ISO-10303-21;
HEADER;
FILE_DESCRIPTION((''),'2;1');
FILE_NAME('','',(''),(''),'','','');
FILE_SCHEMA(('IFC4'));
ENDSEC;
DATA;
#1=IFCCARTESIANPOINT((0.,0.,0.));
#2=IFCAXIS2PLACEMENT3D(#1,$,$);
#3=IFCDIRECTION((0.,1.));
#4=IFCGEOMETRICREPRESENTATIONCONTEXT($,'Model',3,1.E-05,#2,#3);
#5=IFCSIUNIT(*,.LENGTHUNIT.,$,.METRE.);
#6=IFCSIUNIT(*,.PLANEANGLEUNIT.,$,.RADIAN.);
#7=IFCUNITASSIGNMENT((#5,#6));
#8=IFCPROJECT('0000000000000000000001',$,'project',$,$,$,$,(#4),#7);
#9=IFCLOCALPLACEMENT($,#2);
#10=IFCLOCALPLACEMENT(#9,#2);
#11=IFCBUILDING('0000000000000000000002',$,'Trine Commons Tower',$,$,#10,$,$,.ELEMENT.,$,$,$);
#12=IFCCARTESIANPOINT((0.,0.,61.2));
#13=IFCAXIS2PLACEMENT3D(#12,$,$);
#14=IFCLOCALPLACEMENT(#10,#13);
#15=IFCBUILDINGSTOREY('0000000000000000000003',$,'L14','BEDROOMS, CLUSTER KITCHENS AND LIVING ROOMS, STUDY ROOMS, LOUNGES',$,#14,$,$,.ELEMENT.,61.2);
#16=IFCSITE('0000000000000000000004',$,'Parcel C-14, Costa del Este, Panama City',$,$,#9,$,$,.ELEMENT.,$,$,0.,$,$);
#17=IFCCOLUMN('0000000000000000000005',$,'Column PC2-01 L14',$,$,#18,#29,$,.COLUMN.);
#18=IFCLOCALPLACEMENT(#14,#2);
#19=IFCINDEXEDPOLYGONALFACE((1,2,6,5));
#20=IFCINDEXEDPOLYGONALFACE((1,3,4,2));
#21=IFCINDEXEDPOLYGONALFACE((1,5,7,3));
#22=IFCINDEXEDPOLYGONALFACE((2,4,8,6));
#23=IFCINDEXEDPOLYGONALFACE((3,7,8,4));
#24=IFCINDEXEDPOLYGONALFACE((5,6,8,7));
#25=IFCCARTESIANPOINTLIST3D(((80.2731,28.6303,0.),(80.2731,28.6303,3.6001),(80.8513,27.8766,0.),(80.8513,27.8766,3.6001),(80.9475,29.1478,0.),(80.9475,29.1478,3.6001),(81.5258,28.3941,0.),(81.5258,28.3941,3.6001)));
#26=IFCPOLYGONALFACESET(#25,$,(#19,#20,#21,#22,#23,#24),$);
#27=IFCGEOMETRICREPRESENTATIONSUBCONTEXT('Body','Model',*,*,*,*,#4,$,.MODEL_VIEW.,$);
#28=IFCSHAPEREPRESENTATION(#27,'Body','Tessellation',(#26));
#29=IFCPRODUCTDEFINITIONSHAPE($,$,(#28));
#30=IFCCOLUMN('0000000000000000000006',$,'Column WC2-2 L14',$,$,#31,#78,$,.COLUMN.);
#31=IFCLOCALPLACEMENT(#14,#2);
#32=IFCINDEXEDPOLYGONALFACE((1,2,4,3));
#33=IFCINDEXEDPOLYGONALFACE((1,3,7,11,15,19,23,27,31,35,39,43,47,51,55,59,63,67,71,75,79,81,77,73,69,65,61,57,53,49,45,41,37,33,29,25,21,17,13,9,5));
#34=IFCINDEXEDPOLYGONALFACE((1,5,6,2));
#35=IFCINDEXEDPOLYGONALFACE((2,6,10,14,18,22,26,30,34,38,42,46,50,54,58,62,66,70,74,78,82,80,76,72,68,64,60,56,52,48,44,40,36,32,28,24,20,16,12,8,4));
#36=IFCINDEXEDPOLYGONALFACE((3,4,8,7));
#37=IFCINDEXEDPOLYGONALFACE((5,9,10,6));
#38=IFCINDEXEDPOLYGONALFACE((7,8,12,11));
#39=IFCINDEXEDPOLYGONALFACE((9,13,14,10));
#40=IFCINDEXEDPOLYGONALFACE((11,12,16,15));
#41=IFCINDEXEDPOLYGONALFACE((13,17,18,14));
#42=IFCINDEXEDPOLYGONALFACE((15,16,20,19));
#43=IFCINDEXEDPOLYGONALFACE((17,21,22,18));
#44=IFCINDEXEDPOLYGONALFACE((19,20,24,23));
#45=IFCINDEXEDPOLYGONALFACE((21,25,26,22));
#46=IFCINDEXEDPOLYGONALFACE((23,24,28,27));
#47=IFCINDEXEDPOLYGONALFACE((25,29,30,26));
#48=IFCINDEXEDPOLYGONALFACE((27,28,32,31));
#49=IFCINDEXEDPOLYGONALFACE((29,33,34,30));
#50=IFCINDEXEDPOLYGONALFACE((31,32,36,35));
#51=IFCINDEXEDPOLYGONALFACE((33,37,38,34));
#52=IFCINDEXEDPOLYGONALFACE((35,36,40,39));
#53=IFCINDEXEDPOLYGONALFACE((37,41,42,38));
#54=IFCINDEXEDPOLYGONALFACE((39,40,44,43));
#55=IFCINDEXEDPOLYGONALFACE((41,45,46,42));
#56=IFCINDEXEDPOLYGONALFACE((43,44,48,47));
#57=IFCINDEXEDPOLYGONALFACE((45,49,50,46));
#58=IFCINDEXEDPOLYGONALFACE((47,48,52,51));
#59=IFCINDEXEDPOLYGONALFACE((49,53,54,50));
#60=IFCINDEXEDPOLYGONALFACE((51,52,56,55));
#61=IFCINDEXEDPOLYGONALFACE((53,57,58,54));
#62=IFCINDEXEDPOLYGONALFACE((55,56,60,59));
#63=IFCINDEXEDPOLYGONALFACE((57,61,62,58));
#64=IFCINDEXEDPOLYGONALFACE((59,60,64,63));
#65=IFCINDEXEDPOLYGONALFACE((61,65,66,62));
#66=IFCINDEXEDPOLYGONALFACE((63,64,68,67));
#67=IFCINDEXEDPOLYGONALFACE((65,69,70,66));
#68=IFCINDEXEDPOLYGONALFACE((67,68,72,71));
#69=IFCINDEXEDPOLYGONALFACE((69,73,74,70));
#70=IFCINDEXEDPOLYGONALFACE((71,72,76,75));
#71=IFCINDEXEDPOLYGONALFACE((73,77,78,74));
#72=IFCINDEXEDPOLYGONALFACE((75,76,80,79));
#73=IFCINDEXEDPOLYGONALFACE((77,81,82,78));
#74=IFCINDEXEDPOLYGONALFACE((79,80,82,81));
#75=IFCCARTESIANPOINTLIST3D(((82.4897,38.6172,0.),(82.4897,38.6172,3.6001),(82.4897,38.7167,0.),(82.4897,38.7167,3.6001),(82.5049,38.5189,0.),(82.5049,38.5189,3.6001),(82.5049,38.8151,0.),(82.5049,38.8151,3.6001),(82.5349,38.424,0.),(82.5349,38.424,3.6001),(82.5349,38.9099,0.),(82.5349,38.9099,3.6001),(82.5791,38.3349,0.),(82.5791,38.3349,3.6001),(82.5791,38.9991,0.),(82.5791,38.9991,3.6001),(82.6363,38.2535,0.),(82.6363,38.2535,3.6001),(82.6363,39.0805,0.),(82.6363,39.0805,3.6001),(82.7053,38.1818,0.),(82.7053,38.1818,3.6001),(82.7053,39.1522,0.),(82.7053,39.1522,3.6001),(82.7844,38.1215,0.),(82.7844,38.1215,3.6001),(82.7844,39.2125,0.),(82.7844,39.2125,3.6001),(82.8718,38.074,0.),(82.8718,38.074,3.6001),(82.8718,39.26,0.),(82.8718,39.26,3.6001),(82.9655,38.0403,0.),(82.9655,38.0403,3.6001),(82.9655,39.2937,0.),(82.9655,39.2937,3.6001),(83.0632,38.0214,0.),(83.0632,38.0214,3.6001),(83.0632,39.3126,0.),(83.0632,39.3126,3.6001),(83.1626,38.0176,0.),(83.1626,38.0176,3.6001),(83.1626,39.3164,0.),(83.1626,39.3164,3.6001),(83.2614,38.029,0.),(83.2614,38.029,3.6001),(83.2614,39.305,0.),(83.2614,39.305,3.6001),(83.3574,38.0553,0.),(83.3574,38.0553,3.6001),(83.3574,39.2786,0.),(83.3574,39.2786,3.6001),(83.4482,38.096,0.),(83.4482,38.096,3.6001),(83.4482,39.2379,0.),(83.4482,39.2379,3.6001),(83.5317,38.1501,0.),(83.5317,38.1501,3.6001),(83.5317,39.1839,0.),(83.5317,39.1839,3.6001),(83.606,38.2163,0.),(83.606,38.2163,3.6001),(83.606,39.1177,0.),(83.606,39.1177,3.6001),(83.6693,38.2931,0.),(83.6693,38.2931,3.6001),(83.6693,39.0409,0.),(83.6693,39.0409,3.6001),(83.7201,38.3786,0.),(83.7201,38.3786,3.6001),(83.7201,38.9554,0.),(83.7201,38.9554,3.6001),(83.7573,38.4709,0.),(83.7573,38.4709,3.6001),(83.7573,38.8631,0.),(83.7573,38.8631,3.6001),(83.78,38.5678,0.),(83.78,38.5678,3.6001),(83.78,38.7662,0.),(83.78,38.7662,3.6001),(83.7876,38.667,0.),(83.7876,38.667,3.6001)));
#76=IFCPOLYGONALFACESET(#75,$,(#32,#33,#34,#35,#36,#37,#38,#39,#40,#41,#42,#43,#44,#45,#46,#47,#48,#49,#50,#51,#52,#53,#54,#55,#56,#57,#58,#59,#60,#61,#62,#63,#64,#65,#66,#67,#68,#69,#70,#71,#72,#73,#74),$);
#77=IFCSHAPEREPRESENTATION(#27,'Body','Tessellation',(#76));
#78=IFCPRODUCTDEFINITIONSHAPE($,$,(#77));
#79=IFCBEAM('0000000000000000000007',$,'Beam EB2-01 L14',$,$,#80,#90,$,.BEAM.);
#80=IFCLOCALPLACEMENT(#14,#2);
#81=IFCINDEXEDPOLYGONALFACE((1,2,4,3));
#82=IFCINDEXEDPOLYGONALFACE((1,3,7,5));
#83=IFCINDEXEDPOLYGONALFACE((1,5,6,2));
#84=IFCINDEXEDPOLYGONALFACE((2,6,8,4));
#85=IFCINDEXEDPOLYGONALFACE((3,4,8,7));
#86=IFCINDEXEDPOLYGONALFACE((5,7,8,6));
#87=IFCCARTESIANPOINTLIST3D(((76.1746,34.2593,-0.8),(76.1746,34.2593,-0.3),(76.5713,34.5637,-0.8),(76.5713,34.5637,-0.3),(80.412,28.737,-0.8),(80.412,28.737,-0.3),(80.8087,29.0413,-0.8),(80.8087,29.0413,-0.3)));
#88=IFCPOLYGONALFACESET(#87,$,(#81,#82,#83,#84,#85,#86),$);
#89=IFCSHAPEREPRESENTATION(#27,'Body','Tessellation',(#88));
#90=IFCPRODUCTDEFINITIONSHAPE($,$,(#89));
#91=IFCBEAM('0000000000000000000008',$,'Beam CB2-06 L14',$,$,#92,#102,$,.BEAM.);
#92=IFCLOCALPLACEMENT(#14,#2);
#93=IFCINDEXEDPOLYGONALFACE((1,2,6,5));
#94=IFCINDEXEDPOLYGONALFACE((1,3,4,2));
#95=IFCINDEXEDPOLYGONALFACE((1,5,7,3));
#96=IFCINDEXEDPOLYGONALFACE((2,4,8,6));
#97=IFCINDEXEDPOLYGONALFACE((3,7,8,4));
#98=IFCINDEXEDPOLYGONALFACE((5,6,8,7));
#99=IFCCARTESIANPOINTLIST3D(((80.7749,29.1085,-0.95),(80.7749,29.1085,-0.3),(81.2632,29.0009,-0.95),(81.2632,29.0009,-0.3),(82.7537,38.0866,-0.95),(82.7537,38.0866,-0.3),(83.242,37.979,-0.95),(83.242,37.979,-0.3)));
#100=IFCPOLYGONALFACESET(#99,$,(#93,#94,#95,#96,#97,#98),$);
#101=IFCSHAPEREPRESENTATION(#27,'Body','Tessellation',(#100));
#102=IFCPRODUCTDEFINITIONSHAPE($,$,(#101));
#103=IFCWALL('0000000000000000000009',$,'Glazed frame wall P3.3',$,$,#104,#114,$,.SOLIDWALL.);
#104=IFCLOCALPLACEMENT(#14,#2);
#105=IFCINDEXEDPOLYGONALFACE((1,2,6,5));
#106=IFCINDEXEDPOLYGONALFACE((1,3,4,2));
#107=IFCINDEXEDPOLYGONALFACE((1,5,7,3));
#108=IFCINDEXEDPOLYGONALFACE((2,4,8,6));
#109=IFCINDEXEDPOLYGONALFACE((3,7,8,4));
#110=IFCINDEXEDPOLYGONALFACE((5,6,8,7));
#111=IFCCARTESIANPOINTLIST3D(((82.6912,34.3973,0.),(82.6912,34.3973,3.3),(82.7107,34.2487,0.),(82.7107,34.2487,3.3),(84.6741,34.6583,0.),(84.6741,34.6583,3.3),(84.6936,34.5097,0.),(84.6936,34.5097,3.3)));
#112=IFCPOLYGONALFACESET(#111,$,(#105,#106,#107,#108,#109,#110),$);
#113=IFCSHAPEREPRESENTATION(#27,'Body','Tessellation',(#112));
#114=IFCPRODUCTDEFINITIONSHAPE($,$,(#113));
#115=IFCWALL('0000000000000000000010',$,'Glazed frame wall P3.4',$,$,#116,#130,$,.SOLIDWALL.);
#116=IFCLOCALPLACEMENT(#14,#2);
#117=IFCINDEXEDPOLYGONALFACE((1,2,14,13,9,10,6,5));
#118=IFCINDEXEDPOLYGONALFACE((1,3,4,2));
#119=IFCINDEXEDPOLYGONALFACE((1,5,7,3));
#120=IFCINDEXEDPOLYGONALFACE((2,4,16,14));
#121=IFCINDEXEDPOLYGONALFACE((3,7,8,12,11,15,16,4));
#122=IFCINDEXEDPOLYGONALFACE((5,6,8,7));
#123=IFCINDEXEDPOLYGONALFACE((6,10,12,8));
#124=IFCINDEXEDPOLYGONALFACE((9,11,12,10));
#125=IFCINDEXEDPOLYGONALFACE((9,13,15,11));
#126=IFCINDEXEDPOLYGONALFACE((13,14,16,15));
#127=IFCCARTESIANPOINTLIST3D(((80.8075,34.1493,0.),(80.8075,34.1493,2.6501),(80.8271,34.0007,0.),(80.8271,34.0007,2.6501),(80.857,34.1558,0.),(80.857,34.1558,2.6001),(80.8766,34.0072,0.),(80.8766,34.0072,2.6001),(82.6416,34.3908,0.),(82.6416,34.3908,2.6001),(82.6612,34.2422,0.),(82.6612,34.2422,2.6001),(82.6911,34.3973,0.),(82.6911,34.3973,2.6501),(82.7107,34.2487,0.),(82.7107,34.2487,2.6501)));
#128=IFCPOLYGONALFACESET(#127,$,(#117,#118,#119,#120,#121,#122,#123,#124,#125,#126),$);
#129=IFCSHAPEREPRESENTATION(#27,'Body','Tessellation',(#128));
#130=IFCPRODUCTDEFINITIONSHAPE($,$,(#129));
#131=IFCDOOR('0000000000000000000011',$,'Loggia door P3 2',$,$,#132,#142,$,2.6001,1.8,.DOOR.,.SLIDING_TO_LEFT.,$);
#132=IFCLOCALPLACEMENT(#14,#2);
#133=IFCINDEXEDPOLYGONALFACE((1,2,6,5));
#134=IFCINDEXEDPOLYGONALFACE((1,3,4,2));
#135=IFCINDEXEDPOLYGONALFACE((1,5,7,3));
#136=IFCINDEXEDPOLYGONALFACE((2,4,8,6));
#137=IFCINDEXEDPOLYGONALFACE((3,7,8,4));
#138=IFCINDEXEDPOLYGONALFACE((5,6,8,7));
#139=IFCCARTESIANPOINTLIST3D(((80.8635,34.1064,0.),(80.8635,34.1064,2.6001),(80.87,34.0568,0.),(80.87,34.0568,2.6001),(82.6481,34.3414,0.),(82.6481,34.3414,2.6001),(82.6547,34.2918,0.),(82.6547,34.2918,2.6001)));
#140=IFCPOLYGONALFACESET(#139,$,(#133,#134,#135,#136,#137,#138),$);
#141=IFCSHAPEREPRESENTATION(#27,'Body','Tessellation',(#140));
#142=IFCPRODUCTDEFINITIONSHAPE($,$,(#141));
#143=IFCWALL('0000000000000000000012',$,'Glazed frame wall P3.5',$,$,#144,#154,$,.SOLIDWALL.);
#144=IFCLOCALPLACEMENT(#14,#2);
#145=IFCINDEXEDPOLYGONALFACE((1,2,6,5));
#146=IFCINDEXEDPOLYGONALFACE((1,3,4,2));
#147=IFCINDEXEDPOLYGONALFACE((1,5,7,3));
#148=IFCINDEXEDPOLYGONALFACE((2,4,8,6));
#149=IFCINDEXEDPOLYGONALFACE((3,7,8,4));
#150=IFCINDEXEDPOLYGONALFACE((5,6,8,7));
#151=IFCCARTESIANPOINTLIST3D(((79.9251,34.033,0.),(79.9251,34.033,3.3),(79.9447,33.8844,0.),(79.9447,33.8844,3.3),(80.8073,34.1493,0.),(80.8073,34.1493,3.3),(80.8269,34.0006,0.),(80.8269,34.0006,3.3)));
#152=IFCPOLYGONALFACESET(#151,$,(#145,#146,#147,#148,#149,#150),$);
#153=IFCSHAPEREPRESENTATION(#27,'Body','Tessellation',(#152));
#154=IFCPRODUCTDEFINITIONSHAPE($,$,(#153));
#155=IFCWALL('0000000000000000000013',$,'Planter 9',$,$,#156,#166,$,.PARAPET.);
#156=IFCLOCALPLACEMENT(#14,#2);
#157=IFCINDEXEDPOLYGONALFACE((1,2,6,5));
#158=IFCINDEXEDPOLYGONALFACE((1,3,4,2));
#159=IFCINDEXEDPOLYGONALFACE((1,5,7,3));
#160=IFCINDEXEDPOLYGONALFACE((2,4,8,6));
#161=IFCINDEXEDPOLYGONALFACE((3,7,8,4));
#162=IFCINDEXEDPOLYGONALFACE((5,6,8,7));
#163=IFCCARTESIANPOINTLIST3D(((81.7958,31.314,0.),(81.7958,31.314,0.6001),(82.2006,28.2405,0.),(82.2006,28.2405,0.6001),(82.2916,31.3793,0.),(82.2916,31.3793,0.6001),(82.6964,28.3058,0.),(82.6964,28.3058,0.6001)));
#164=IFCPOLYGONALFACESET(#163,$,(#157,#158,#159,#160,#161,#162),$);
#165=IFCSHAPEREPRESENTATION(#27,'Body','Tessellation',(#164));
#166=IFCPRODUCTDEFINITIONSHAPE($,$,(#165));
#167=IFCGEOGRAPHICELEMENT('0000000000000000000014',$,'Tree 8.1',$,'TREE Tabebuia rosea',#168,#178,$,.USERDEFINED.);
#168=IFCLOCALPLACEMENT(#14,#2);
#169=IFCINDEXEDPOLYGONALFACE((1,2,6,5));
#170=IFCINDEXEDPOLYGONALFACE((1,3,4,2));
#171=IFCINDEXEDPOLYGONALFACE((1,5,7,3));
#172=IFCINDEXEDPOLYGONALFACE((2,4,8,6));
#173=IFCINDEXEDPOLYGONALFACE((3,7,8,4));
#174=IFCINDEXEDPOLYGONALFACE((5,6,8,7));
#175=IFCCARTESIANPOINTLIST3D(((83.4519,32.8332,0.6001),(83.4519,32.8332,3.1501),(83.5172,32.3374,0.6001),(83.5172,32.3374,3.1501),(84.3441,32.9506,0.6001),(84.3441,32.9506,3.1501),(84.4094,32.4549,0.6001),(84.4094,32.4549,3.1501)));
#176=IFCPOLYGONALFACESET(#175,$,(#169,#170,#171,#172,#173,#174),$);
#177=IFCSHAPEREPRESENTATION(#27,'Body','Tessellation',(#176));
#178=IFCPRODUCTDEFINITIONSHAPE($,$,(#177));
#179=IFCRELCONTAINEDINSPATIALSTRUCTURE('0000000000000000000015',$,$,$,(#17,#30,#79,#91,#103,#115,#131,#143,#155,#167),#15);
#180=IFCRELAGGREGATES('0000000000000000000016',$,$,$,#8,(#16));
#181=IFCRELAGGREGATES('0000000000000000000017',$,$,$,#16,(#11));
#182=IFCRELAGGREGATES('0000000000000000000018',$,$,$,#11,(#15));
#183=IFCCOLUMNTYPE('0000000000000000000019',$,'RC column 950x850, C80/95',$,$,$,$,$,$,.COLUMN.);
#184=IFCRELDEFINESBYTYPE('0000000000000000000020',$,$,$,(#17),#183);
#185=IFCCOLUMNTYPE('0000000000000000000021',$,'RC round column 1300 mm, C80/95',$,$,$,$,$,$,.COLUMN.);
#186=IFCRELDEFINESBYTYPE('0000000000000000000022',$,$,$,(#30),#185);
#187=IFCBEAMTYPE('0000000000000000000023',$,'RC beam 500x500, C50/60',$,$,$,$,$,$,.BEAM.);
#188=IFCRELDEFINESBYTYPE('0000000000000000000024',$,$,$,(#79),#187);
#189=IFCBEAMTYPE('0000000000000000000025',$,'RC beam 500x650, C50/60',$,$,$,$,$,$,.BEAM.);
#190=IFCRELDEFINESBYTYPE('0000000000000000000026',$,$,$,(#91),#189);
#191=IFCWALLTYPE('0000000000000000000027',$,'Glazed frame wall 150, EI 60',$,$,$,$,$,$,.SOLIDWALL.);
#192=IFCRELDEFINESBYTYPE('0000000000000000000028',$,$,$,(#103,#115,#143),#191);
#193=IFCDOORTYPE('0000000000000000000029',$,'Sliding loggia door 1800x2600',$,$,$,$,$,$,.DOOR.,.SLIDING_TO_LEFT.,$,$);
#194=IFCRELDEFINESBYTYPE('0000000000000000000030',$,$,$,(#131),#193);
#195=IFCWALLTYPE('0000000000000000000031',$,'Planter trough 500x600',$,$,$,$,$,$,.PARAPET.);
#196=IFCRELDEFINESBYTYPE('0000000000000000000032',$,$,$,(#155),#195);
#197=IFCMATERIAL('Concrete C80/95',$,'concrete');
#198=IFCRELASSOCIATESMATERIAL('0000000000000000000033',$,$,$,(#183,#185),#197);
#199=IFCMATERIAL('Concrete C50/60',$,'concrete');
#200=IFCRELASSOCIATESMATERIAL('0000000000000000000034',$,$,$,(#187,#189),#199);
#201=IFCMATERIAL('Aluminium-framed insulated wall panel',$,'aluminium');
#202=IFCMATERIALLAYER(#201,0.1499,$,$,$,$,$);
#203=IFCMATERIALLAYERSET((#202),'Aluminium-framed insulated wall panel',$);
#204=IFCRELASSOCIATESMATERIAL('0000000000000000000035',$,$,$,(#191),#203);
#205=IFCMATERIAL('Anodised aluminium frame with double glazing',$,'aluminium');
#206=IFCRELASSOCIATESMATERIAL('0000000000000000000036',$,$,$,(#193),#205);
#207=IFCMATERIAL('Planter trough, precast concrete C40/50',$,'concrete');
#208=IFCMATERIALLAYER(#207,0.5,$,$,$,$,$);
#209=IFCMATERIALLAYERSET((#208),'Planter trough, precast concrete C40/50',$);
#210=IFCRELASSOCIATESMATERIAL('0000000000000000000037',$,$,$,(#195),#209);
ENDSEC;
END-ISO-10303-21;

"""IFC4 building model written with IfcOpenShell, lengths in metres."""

from ifc_helpers import new_model, si_unit, direction, frame, frame_2d, origin, origin_2d, place, context, subcontext, project, spatial, polyline, rectangle, circle, outline, extrude, material, layer, layer_set, material_profile, profile_set, type_object, element, fill, save


model = new_model("IFC4")

# Units and contexts
model_context = context("Model", 3, precision=1e-05, world=origin(), true_north=direction((0.0, 1.0)))
body_context = subcontext(model_context, "Body", "Model", "MODEL_VIEW")
ifc_project = project(units=[si_unit("LENGTHUNIT", "METRE"), si_unit("PLANEANGLEUNIT", "RADIAN")], contexts=[model_context])

# Site, building, storey
site_placement = place(None, origin())
site = spatial("IfcSite", under=ifc_project, at=site_placement, Name="Parcel C-14, Costa del Este, Panama City", CompositionType="ELEMENT", RefElevation=0.0)
building_placement = place(site_placement, origin())
building = spatial("IfcBuilding", under=site, at=building_placement, Name="Trine Commons Tower", CompositionType="ELEMENT")
storey_placement = place(building_placement, frame((0.0, 0.0, 61.2)))
storey = spatial("IfcBuildingStorey", under=building, at=storey_placement, Name="L14", Description="BEDROOMS, CLUSTER KITCHENS AND LIVING ROOMS, STUDY ROOMS, LOUNGES", CompositionType="ELEMENT", Elevation=61.2)

# Columns
ifc_material_1 = material(Name="Concrete C80/95", Category="concrete")
ifc_material_profile_1 = material_profile(ifc_material_1, rectangle(XDim=0.95, YDim=0.8501, at=origin_2d()), Name="RC 950x850")
ifc_profile_set_1 = profile_set([ifc_material_profile_1], Name="Concrete C80/95")
column_type_1 = type_object("IfcColumnType", Name="RC column 950x850, C80/95", PredefinedType="COLUMN", material=ifc_profile_set_1)
column_1_placement = place(storey_placement, frame((80.8994, 28.5122, 0.0), z_axis=(0.0, 0.0, 1.0), x_axis=(-0.608761, 0.793353, 0.0)))
element("IfcColumn", 1, at=column_1_placement, inside=storey, type_object=column_type_1, Name="Column PC2-01 L14", PredefinedType="COLUMN", context=body_context, shape_type="SweptSolid", body=[
    extrude(rectangle(XDim=0.95, YDim=0.8501, at=origin_2d()), origin(), (0.0, 0.0, 1.0), 3.6001),
])
ifc_material_profile_2 = material_profile(ifc_material_1, circle(Radius=0.6499, at=origin_2d()), Name="RC round 1300")
ifc_profile_set_2 = profile_set([ifc_material_profile_2], Name="Concrete C80/95")
column_type_2 = type_object("IfcColumnType", Name="RC round column 1300 mm, C80/95", PredefinedType="COLUMN", material=ifc_profile_set_2)
column_2_placement = place(storey_placement, frame((83.1377, 38.667, 0.0), z_axis=(0.0, 0.0, 1.0), x_axis=(1.0, 0.0, 0.0)))
element("IfcColumn", 2, at=column_2_placement, inside=storey, type_object=column_type_2, Name="Column WC2-2 L14", PredefinedType="COLUMN", context=body_context, shape_type="SweptSolid", body=[
    extrude(circle(Radius=0.6499, at=origin_2d()), origin(), (0.0, 0.0, 1.0), 3.6001),
])

# Beams
ifc_material_2 = material(Name="Concrete C50/60", Category="concrete")
ifc_material_profile_3 = material_profile(ifc_material_2, rectangle(XDim=0.5, YDim=0.5, at=origin_2d()), Name="RC 500x500")
ifc_profile_set_3 = profile_set([ifc_material_profile_3], Name="Concrete C50/60")
beam_type_1 = type_object("IfcBeamType", Name="RC beam 500x500, C50/60", PredefinedType="BEAM", material=ifc_profile_set_3)
beam_1_placement = place(storey_placement, frame((80.6104, 28.8892, -0.55), z_axis=(-0.608758, 0.793356, 0.0), x_axis=(-0.793356, -0.608758, 0.0)))
element("IfcBeam", 3, at=beam_1_placement, inside=storey, type_object=beam_type_1, Name="Beam EB2-01 L14", PredefinedType="BEAM", context=body_context, shape_type="SweptSolid", body=[
    extrude(rectangle(XDim=0.5, YDim=0.5, at=origin_2d()), origin(), (0.0, 0.0, 1.0), 6.9607),
])
ifc_material_profile_4 = material_profile(ifc_material_2, rectangle(XDim=0.5, YDim=0.6499, at=origin_2d()), Name="RC 500x650")
ifc_profile_set_4 = profile_set([ifc_material_profile_4], Name="Concrete C50/60")
beam_type_2 = type_object("IfcBeamType", Name="RC beam 500x650, C50/60", PredefinedType="BEAM", material=ifc_profile_set_4)
beam_2_placement = place(storey_placement, frame((81.019, 29.0547, -0.625), z_axis=(0.215235, 0.976562, 0.0), x_axis=(-0.976562, 0.215235, 0.0)))
element("IfcBeam", 4, at=beam_2_placement, inside=storey, type_object=beam_type_2, Name="Beam CB2-06 L14", PredefinedType="BEAM", context=body_context, shape_type="SweptSolid", body=[
    extrude(rectangle(XDim=0.5, YDim=0.6499, at=origin_2d()), origin(), (0.0, 0.0, 1.0), 9.1936),
])

# Wall
ifc_material_3 = material(Name="Aluminium-framed insulated wall panel", Category="aluminium")
ifc_layer_1 = layer(ifc_material_3, 0.1499)
ifc_layer_set_1 = layer_set([ifc_layer_1], Name="Aluminium-framed insulated wall panel")
wall_type_1 = type_object("IfcWallType", Name="Glazed frame wall 150, EI 60", PredefinedType="SOLIDWALL", material=ifc_layer_set_1)
wall_1_placement = place(storey_placement, frame((84.6838, 34.584, 0.0), z_axis=(0.0, 0.0, 1.0), x_axis=(-0.991449, -0.130492, 0.0)))
element("IfcWall", 5, at=wall_1_placement, inside=storey, type_object=wall_type_1, Name="Glazed frame wall P3.3", PredefinedType="SOLIDWALL", context=body_context, shape_type="SweptSolid", body=[
    extrude(outline(polyline([(0.0, -0.075), (2.0, -0.075), (2.0, 0.075), (0.0, 0.075), (0.0, -0.075)])), origin(), (0.0, 0.0, 1.0), 3.3),
])

# Wall, opening, door
wall_2_placement = place(storey_placement, frame((82.7009, 34.323, 0.0), z_axis=(0.0, 0.0, 1.0), x_axis=(-0.991442, -0.130548, 0.0)))
wall_2 = element("IfcWall", 6, at=wall_2_placement, inside=storey, type_object=wall_type_1, Name="Glazed frame wall P3.4", PredefinedType="SOLIDWALL", context=body_context, shape_type="SweptSolid", body=[
    extrude(outline(polyline([(0.0, -0.075), (1.8999, -0.075), (1.8999, 0.075), (0.0, 0.075), (0.0, -0.075)])), origin(), (0.0, 0.0, 1.0), 2.6501),
])
opening_1_placement = place(wall_2_placement, frame((0.05, 0.0, 0.0)))
opening_1 = element("IfcOpeningElement", 7, at=opening_1_placement, cuts=wall_2, PredefinedType="OPENING", context=body_context, shape_type="SweptSolid", body=[
    extrude(rectangle(XDim=1.8, YDim=2.6001, at=frame_2d((0.8999, 1.3))), frame((0.0, 0.085, 0.0), z_axis=(0.0, -1.0, 0.0), x_axis=(1.0, 0.0, 0.0)), (0.0, 0.0, 1.0), 0.1699),
])
ifc_material_4 = material(Name="Anodised aluminium frame with double glazing", Category="aluminium")
door_type = type_object("IfcDoorType", Name="Sliding loggia door 1800x2600", OperationType="SLIDING_TO_LEFT", PredefinedType="DOOR", material=ifc_material_4)
door_1_placement = place(opening_1_placement, origin())
door_1 = element("IfcDoor", 8, at=door_1_placement, inside=storey, type_object=door_type, Name="Loggia door P3 2", OperationType="SLIDING_TO_LEFT", OverallHeight=2.6001, OverallWidth=1.8, PredefinedType="DOOR", context=body_context, shape_type="SweptSolid", body=[
    extrude(rectangle(XDim=1.8, YDim=2.6001, at=frame_2d((0.8999, 1.3))), frame((0.0, 0.0249, 0.0), z_axis=(0.0, -1.0, 0.0), x_axis=(1.0, 0.0, 0.0)), (0.0, 0.0, 1.0), 0.05),
])
fill(opening_1, door_1)

# Wall
wall_3_placement = place(storey_placement, frame((80.8171, 34.075, 0.0), z_axis=(0.0, 0.0, 1.0), x_axis=(-0.991434, -0.130612, 0.0)))
element("IfcWall", 9, at=wall_3_placement, inside=storey, type_object=wall_type_1, Name="Glazed frame wall P3.5", PredefinedType="SOLIDWALL", context=body_context, shape_type="SweptSolid", body=[
    extrude(outline(polyline([(0.8899, 0.075), (0.0, 0.075), (0.0, -0.075), (0.8899, -0.075), (0.8899, 0.075)])), origin(), (0.0, 0.0, 1.0), 3.3),
])

# Wall
ifc_material_5 = material(Name="Planter trough, precast concrete C40/50", Category="concrete")
ifc_layer_2 = layer(ifc_material_5, 0.5)
ifc_layer_set_2 = layer_set([ifc_layer_2], Name="Planter trough, precast concrete C40/50")
wall_type_2 = type_object("IfcWallType", Name="Planter trough 500x600", PredefinedType="PARAPET", material=ifc_layer_set_2)
wall_4_placement = place(storey_placement, frame((82.0437, 31.3467, 0.0), z_axis=(0.0, 0.0, 1.0), x_axis=(0.130575, -0.991438, 0.0)))
element("IfcWall", 10, at=wall_4_placement, inside=storey, type_object=wall_type_2, Name="Planter 9", PredefinedType="PARAPET", context=body_context, shape_type="SweptSolid", body=[
    extrude(rectangle(XDim=3.1001, YDim=0.5, at=frame_2d((1.55, 0.0))), origin(), (0.0, 0.0, 1.0), 0.6001),
])

# Geographic element
for number, where, z_axis, x_axis, name in (
    (11, (83.9307, 32.644, 0.6001), (0.0, 0.0, 1.0), (-0.991443, -0.130543, 0.0), "Tree 8.1"),
):
    element("IfcGeographicElement", number, at=place(storey_placement, frame(where, z_axis=z_axis, x_axis=x_axis)), inside=storey, Name=name, ObjectType="TREE Tabebuia rosea", PredefinedType="USERDEFINED", context=body_context, shape_type="SweptSolid", body=[
        extrude(rectangle(XDim=0.8999, YDim=0.5, at=origin_2d()), origin(), (0.0, 0.0, 1.0), 2.55),
    ])

save(model, "model.ifc")
